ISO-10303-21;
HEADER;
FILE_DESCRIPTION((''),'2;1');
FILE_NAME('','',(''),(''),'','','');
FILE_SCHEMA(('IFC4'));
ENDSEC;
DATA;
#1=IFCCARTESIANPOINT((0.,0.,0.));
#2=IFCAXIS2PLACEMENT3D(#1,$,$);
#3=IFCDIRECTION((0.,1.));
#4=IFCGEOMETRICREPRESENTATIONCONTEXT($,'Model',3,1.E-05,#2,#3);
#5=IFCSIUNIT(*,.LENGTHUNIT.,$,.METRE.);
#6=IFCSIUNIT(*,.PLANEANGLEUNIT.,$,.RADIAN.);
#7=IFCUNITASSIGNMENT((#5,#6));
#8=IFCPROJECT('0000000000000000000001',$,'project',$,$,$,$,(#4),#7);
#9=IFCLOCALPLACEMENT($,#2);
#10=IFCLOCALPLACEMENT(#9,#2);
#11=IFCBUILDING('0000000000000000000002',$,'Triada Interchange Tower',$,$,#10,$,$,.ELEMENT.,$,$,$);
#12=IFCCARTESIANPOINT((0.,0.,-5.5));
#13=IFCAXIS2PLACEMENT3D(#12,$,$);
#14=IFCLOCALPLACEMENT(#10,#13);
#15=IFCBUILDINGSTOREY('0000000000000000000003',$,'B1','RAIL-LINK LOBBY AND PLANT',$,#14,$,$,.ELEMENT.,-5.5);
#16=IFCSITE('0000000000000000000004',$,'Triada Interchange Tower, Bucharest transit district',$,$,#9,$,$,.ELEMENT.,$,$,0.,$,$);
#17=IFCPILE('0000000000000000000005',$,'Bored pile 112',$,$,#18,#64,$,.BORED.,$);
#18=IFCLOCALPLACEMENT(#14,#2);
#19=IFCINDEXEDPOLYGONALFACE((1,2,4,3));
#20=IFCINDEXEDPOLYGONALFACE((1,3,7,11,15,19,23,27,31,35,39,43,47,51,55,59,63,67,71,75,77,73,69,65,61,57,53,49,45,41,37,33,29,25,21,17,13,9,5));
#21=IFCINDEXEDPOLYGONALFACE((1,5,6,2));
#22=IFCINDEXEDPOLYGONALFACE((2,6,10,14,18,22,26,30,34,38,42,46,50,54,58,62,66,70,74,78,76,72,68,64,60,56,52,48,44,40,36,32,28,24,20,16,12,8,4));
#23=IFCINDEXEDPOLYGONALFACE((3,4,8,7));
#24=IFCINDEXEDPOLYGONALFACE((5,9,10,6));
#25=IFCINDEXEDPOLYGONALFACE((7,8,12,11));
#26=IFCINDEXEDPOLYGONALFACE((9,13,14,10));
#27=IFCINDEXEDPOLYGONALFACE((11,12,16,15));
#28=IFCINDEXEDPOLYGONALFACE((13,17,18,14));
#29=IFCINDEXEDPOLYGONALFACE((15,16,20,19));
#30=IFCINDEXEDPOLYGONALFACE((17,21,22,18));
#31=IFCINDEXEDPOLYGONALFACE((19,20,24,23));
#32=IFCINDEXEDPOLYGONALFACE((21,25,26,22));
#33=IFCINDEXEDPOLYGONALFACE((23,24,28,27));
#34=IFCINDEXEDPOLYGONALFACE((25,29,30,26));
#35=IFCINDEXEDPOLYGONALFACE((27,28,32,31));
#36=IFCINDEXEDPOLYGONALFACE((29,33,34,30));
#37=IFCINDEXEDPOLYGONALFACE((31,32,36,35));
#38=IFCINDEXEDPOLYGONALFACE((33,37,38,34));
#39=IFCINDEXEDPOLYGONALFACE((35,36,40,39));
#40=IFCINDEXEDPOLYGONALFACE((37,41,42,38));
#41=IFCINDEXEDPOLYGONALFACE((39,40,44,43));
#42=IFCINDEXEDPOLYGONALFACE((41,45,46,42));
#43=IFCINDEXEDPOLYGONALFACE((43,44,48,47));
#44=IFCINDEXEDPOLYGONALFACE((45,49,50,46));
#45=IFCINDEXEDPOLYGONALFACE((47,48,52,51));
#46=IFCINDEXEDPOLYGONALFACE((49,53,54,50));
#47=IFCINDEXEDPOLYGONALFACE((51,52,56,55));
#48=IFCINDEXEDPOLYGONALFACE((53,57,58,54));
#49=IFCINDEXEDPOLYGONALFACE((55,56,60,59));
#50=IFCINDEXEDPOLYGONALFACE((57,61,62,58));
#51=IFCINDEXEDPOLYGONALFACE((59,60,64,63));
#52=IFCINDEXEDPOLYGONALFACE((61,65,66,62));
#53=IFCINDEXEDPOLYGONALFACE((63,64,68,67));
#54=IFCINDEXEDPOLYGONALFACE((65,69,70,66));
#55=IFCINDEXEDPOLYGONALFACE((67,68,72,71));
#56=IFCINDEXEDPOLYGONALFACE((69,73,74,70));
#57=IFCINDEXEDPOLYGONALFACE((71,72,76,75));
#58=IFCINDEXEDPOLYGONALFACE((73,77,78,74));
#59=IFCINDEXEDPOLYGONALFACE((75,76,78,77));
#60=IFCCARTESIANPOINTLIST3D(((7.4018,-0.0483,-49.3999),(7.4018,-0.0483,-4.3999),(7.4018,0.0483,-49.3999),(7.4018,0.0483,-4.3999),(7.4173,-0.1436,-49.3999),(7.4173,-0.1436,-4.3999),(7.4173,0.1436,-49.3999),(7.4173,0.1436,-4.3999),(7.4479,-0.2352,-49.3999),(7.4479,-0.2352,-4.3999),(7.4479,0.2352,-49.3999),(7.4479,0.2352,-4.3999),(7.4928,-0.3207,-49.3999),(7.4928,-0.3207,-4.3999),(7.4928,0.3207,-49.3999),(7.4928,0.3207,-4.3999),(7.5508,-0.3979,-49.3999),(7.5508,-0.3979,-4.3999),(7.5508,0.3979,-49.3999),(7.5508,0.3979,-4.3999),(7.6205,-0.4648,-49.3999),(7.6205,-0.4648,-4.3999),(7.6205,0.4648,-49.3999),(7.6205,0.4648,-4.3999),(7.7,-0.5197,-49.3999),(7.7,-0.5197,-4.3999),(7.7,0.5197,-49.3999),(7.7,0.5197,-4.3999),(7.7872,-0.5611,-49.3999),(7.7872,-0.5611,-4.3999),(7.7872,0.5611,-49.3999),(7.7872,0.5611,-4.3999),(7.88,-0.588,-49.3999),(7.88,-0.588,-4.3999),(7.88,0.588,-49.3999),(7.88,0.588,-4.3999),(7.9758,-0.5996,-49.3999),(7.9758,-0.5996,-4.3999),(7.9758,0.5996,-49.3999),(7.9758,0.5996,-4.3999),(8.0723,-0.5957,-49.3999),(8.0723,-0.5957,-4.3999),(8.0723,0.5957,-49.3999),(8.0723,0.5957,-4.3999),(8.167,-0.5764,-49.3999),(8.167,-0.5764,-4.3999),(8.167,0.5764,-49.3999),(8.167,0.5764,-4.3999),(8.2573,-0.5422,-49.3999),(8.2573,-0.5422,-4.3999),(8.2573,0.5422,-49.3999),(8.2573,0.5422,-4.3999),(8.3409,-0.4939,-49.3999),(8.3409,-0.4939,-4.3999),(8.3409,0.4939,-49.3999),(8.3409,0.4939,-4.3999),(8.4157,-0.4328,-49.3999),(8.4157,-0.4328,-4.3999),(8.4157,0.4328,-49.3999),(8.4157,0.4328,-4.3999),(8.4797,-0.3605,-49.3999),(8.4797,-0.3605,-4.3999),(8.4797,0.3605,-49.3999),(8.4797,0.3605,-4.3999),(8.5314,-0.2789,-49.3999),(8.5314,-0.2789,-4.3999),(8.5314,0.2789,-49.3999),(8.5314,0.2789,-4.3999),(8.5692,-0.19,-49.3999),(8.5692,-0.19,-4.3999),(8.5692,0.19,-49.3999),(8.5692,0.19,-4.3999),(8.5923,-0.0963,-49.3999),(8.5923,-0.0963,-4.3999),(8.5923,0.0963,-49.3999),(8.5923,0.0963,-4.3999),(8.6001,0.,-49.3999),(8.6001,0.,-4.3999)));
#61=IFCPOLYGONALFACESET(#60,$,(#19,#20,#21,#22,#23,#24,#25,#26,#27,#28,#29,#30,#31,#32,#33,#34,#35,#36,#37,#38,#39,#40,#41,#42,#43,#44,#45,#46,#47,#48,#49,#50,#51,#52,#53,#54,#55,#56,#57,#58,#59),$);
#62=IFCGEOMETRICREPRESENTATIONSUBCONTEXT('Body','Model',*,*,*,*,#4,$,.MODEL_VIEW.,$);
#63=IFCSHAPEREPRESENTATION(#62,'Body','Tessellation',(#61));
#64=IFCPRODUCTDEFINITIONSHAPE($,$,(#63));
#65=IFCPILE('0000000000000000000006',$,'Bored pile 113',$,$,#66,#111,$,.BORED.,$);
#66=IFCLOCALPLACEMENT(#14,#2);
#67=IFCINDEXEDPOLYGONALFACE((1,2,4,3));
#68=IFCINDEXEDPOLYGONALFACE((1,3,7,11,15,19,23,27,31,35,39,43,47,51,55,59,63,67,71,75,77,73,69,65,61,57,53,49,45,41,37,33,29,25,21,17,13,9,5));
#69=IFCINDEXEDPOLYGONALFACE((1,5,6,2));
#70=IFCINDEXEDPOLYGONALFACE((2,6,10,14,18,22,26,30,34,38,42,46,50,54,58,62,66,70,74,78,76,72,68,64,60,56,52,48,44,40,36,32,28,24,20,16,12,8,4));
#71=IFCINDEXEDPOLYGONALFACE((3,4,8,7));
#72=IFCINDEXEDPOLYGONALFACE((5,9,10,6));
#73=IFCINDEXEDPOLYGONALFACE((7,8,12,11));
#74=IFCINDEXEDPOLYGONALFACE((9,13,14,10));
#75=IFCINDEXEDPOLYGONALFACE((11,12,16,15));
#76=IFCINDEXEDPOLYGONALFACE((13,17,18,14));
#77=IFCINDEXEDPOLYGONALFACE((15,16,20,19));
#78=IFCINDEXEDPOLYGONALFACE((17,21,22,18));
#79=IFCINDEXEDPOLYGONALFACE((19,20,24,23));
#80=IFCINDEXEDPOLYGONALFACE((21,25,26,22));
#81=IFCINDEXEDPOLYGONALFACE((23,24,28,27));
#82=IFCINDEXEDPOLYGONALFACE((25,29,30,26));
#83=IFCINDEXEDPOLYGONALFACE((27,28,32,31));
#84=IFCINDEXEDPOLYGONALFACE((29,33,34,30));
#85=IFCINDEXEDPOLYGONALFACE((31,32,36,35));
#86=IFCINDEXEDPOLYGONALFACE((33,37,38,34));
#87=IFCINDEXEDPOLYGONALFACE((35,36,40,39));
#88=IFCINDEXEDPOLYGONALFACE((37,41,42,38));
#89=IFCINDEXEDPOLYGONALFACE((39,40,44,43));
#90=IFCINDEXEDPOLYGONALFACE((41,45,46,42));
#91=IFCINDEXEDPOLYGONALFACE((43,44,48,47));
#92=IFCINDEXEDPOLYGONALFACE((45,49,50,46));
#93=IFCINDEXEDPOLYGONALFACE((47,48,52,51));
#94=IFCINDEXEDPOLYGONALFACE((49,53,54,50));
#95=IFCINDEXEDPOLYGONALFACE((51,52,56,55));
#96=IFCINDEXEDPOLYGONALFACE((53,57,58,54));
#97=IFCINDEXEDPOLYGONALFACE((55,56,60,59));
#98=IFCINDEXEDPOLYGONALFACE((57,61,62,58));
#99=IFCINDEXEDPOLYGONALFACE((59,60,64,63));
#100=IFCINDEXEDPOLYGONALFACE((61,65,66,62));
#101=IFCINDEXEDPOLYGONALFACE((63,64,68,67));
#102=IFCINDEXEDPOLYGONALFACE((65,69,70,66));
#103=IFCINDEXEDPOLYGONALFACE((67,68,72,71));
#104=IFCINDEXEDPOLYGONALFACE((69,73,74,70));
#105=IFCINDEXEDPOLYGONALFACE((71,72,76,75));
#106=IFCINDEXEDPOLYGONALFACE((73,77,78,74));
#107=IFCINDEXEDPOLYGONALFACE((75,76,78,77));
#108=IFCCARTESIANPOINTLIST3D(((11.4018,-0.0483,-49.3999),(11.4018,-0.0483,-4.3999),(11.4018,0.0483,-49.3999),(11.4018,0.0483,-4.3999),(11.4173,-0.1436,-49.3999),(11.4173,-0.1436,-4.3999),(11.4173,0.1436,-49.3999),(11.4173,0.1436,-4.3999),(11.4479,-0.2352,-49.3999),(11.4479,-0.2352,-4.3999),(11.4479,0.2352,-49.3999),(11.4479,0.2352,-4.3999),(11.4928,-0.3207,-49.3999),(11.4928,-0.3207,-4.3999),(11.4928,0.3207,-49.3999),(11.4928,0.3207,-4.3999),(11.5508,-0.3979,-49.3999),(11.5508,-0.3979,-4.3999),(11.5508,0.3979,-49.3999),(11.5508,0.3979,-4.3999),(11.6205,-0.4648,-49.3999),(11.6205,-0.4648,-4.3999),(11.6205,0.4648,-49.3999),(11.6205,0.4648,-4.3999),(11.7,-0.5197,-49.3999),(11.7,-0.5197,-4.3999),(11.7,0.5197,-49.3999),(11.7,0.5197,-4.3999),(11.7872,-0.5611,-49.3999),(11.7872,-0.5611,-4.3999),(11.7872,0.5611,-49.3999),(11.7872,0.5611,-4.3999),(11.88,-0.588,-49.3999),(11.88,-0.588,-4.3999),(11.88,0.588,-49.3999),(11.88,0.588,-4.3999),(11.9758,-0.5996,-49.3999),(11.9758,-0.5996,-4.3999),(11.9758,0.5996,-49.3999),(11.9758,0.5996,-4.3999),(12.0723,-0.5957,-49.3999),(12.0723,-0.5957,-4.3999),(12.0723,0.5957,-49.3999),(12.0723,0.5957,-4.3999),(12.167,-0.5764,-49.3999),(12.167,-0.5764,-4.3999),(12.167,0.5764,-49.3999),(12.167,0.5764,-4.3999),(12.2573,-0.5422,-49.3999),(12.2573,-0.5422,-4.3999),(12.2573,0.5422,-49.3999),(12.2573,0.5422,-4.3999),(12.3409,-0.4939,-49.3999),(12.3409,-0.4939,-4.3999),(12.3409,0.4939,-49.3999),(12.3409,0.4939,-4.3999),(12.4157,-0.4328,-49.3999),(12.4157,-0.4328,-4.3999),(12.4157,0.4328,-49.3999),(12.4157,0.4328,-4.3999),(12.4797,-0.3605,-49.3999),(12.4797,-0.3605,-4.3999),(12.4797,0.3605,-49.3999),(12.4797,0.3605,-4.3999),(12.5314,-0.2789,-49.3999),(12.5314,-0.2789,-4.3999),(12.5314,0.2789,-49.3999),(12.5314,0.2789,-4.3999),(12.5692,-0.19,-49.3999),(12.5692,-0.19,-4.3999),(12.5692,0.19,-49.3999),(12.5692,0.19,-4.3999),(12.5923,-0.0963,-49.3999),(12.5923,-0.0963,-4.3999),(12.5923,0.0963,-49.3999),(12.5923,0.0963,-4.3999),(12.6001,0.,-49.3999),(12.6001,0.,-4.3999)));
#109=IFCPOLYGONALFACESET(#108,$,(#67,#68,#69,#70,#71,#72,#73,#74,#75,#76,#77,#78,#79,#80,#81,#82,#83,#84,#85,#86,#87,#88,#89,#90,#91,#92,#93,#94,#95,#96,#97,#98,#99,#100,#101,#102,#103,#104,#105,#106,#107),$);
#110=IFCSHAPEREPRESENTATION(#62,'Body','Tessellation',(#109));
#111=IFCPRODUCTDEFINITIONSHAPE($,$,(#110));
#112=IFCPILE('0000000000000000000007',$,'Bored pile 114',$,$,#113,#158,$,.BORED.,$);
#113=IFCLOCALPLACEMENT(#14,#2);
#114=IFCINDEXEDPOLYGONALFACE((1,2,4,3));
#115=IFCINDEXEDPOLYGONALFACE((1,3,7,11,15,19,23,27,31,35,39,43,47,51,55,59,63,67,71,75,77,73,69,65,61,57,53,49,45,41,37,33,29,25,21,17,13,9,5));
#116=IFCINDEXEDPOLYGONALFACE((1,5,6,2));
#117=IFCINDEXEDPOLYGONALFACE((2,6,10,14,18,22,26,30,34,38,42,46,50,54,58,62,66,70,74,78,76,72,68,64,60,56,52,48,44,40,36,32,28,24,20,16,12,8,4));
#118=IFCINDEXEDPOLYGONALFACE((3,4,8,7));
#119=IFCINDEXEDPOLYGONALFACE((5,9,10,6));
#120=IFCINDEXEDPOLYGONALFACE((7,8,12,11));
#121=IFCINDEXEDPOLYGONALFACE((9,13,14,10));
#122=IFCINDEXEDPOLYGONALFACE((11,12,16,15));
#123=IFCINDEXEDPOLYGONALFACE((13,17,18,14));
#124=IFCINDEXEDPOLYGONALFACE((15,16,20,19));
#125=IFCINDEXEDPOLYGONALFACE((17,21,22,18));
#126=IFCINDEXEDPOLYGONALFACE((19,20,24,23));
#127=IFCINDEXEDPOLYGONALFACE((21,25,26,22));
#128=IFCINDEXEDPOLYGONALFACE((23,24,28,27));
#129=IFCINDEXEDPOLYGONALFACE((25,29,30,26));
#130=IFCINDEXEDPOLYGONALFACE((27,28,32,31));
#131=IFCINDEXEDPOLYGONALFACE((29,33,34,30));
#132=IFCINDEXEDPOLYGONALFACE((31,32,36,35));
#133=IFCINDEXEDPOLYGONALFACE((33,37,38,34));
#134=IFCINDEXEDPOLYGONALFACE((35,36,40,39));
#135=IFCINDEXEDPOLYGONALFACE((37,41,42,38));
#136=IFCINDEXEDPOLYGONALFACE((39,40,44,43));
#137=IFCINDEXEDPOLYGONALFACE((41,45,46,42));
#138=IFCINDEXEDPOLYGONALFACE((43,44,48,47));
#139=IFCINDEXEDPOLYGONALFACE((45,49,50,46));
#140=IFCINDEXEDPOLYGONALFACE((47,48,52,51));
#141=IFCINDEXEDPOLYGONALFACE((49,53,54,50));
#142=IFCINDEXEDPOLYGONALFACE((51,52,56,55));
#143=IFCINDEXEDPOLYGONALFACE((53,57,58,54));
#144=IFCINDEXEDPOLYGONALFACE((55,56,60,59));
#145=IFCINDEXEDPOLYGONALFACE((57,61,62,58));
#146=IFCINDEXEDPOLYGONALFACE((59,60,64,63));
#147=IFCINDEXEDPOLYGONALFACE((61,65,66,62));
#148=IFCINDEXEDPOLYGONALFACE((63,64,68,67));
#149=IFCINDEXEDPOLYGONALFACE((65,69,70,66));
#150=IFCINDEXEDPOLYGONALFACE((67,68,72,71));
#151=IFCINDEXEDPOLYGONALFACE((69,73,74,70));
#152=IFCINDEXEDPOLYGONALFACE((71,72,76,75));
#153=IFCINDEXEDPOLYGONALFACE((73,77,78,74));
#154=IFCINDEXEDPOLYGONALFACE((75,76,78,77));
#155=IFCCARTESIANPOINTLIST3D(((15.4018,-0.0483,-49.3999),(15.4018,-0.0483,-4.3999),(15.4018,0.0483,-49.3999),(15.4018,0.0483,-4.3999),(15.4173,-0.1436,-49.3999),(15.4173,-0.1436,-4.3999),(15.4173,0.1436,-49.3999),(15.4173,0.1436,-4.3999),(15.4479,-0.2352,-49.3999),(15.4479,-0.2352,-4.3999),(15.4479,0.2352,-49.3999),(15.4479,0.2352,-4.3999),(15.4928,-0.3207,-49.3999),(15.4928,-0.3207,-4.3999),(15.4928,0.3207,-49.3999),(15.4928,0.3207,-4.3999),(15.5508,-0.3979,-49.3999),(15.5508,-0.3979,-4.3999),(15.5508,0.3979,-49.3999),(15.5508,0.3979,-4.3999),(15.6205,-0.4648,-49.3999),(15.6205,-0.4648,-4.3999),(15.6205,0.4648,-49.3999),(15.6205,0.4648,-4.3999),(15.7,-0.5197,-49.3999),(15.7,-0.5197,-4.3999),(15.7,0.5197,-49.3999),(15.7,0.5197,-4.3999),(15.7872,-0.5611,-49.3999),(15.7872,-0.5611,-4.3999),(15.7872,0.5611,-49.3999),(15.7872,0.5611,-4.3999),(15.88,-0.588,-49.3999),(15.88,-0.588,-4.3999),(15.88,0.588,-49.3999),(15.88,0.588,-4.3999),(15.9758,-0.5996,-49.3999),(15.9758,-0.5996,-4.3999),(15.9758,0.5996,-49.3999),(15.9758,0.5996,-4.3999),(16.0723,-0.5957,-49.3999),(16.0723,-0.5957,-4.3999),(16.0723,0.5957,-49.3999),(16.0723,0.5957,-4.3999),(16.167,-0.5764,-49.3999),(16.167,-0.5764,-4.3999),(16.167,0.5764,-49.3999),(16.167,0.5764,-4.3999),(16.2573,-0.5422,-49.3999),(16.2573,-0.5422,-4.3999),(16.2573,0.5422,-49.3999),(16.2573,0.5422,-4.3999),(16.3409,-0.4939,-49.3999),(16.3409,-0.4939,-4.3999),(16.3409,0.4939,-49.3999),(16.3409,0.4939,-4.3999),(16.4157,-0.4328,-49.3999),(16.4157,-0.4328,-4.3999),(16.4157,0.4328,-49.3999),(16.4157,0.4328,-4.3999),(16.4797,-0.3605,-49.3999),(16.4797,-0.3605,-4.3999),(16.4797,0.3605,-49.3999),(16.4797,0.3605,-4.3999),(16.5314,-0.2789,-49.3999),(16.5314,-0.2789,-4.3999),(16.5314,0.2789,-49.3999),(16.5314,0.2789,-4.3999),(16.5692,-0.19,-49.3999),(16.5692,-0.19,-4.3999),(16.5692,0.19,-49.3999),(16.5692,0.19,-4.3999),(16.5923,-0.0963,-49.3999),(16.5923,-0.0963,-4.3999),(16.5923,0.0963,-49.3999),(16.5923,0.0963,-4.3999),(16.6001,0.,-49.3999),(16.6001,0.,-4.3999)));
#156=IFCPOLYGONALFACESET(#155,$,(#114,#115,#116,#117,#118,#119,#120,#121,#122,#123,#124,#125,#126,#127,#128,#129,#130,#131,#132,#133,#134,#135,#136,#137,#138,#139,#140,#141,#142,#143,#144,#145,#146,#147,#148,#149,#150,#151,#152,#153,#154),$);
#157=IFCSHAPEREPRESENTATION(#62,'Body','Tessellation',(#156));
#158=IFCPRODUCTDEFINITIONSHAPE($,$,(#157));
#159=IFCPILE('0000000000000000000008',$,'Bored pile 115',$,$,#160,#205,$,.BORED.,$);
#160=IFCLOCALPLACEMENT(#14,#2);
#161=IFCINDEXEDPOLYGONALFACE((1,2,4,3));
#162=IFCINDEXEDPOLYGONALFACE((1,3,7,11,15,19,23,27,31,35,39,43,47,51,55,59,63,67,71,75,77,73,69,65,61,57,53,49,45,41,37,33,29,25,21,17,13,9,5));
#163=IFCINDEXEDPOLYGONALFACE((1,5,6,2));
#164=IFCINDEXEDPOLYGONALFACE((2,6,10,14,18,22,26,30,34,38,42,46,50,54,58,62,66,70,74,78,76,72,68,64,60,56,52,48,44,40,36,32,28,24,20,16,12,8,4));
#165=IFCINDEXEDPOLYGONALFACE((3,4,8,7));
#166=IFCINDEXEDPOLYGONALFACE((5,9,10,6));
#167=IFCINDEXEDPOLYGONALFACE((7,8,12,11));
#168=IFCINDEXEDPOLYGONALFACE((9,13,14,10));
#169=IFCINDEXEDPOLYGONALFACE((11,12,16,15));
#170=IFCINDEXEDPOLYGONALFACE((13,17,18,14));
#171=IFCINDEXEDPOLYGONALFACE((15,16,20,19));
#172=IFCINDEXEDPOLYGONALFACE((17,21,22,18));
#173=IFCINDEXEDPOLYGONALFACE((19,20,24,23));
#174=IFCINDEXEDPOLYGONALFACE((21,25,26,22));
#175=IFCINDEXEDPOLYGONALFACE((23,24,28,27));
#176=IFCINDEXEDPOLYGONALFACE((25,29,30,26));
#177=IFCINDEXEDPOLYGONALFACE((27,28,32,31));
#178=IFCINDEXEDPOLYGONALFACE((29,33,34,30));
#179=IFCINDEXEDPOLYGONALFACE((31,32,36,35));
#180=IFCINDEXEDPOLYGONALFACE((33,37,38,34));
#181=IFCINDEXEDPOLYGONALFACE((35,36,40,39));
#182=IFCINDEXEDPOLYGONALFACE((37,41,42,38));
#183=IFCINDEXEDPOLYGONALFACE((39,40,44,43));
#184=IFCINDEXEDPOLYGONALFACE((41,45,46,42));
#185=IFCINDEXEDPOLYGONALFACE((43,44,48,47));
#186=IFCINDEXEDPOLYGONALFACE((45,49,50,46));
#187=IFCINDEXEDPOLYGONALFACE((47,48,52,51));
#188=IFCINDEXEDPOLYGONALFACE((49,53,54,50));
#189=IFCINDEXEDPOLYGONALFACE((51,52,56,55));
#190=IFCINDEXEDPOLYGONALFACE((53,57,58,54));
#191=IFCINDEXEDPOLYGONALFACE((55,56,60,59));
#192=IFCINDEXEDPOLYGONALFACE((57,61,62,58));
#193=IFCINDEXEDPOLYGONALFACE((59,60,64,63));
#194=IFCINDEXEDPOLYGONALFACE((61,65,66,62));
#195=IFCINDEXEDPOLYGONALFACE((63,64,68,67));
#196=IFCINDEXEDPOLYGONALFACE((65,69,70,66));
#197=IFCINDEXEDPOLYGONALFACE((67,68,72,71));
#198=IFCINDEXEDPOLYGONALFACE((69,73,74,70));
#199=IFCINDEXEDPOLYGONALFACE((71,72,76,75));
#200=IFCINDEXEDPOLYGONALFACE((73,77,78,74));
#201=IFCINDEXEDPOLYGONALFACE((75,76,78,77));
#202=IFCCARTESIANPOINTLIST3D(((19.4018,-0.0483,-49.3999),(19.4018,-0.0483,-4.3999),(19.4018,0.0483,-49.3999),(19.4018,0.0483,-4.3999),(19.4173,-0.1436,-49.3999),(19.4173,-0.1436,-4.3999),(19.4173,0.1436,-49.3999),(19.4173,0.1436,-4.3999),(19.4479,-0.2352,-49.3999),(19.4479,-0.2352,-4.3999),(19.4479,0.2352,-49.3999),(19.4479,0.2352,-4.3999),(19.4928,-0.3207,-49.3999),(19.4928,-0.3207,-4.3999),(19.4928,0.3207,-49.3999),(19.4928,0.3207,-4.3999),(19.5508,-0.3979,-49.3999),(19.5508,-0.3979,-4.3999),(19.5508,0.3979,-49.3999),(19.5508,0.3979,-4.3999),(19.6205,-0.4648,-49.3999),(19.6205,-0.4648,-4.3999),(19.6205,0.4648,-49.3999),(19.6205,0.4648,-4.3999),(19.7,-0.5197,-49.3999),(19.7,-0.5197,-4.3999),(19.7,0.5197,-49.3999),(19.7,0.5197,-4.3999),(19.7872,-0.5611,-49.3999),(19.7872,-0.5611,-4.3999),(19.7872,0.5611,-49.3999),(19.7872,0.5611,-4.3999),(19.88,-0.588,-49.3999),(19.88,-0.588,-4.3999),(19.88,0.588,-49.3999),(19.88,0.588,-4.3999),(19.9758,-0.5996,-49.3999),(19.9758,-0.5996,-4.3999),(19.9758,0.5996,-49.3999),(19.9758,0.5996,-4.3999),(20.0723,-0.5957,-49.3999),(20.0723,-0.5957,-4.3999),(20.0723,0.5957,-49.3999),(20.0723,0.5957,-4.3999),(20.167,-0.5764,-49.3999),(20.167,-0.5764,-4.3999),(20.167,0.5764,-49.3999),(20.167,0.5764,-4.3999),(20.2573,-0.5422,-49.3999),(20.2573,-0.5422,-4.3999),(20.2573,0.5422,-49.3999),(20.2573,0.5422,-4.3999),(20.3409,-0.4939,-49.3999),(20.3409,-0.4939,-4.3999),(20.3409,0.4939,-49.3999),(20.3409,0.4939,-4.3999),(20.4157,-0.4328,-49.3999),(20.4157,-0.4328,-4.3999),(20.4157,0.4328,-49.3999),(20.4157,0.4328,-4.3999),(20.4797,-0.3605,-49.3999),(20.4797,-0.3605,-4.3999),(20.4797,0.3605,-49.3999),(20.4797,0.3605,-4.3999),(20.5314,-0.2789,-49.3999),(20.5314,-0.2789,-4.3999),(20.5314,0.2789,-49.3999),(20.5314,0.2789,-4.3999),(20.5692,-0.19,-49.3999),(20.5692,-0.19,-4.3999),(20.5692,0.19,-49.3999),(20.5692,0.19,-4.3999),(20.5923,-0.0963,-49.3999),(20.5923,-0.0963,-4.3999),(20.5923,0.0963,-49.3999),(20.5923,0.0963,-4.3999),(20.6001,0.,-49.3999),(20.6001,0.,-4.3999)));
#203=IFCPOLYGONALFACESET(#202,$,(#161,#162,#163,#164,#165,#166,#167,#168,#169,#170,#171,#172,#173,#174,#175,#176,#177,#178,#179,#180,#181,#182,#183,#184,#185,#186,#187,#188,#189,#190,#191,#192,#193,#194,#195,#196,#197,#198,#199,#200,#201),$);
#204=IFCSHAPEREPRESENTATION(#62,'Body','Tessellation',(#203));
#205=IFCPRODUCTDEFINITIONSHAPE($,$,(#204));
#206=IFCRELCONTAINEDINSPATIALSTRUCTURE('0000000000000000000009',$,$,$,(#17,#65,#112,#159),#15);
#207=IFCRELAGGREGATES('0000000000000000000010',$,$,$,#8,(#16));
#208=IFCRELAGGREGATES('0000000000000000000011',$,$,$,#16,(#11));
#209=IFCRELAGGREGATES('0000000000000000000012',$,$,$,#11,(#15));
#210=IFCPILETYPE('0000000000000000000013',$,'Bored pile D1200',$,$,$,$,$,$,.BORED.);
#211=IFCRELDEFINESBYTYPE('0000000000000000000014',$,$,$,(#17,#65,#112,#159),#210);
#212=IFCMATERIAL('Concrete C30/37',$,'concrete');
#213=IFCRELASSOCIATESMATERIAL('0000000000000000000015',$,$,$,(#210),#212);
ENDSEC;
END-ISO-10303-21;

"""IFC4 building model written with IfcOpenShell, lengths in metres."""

from ifc_helpers import new_model, si_unit, direction, frame, origin, origin_2d, place, context, subcontext, project, spatial, circle, extrude, material, material_profile, profile_set, type_object, element, save


model = new_model("IFC4")

# Units and contexts
model_context = context("Model", 3, precision=1e-05, world=origin(), true_north=direction((0.0, 1.0)))
body_context = subcontext(model_context, "Body", "Model", "MODEL_VIEW")
ifc_project = project(units=[si_unit("LENGTHUNIT", "METRE"), si_unit("PLANEANGLEUNIT", "RADIAN")], contexts=[model_context])

# Site, building, storey
site_placement = place(None, origin())
site = spatial("IfcSite", under=ifc_project, at=site_placement, Name="Triada Interchange Tower, Bucharest transit district", CompositionType="ELEMENT", RefElevation=0.0)
building_placement = place(site_placement, origin())
building = spatial("IfcBuilding", under=site, at=building_placement, Name="Triada Interchange Tower", CompositionType="ELEMENT")
storey_placement = place(building_placement, frame((0.0, 0.0, -5.5)))
storey = spatial("IfcBuildingStorey", under=building, at=storey_placement, Name="B1", Description="RAIL-LINK LOBBY AND PLANT", CompositionType="ELEMENT", Elevation=-5.5)

# Piles
ifc_material_1 = material(Name="Concrete C30/37", Category="concrete")
ifc_material_profile_1 = material_profile(ifc_material_1, circle(Radius=0.6001, at=origin_2d()), Name="RC D1200")
ifc_profile_set_1 = profile_set([ifc_material_profile_1], Name="Concrete C30/37")
pile_type = type_object("IfcPileType", Name="Bored pile D1200", PredefinedType="BORED", material=ifc_profile_set_1)
for number, where, z_axis, x_axis, name in (
    (1, (8.0, 0.0, -4.3999), (0.0, 0.0, -1.0), (1.0, 0.0, 0.0), "Bored pile 112"),
    (2, (12.0, 0.0, -4.3999), (0.0, 0.0, -1.0), (1.0, 0.0, 0.0), "Bored pile 113"),
    (3, (16.0, 0.0, -4.3999), (0.0, 0.0, -1.0), (1.0, 0.0, 0.0), "Bored pile 114"),
    (4, (20.0, 0.0, -4.3999), (0.0, 0.0, -1.0), (1.0, 0.0, 0.0), "Bored pile 115"),
):
    element("IfcPile", number, at=place(storey_placement, frame(where, z_axis=z_axis, x_axis=x_axis)), inside=storey, type_object=pile_type, Name=name, PredefinedType="BORED", context=body_context, shape_type="SweptSolid", body=[
        extrude(circle(Radius=0.6001, at=origin_2d()), origin(), (0.0, 0.0, 1.0), 45.0),
    ])

save(model, "model.ifc")
